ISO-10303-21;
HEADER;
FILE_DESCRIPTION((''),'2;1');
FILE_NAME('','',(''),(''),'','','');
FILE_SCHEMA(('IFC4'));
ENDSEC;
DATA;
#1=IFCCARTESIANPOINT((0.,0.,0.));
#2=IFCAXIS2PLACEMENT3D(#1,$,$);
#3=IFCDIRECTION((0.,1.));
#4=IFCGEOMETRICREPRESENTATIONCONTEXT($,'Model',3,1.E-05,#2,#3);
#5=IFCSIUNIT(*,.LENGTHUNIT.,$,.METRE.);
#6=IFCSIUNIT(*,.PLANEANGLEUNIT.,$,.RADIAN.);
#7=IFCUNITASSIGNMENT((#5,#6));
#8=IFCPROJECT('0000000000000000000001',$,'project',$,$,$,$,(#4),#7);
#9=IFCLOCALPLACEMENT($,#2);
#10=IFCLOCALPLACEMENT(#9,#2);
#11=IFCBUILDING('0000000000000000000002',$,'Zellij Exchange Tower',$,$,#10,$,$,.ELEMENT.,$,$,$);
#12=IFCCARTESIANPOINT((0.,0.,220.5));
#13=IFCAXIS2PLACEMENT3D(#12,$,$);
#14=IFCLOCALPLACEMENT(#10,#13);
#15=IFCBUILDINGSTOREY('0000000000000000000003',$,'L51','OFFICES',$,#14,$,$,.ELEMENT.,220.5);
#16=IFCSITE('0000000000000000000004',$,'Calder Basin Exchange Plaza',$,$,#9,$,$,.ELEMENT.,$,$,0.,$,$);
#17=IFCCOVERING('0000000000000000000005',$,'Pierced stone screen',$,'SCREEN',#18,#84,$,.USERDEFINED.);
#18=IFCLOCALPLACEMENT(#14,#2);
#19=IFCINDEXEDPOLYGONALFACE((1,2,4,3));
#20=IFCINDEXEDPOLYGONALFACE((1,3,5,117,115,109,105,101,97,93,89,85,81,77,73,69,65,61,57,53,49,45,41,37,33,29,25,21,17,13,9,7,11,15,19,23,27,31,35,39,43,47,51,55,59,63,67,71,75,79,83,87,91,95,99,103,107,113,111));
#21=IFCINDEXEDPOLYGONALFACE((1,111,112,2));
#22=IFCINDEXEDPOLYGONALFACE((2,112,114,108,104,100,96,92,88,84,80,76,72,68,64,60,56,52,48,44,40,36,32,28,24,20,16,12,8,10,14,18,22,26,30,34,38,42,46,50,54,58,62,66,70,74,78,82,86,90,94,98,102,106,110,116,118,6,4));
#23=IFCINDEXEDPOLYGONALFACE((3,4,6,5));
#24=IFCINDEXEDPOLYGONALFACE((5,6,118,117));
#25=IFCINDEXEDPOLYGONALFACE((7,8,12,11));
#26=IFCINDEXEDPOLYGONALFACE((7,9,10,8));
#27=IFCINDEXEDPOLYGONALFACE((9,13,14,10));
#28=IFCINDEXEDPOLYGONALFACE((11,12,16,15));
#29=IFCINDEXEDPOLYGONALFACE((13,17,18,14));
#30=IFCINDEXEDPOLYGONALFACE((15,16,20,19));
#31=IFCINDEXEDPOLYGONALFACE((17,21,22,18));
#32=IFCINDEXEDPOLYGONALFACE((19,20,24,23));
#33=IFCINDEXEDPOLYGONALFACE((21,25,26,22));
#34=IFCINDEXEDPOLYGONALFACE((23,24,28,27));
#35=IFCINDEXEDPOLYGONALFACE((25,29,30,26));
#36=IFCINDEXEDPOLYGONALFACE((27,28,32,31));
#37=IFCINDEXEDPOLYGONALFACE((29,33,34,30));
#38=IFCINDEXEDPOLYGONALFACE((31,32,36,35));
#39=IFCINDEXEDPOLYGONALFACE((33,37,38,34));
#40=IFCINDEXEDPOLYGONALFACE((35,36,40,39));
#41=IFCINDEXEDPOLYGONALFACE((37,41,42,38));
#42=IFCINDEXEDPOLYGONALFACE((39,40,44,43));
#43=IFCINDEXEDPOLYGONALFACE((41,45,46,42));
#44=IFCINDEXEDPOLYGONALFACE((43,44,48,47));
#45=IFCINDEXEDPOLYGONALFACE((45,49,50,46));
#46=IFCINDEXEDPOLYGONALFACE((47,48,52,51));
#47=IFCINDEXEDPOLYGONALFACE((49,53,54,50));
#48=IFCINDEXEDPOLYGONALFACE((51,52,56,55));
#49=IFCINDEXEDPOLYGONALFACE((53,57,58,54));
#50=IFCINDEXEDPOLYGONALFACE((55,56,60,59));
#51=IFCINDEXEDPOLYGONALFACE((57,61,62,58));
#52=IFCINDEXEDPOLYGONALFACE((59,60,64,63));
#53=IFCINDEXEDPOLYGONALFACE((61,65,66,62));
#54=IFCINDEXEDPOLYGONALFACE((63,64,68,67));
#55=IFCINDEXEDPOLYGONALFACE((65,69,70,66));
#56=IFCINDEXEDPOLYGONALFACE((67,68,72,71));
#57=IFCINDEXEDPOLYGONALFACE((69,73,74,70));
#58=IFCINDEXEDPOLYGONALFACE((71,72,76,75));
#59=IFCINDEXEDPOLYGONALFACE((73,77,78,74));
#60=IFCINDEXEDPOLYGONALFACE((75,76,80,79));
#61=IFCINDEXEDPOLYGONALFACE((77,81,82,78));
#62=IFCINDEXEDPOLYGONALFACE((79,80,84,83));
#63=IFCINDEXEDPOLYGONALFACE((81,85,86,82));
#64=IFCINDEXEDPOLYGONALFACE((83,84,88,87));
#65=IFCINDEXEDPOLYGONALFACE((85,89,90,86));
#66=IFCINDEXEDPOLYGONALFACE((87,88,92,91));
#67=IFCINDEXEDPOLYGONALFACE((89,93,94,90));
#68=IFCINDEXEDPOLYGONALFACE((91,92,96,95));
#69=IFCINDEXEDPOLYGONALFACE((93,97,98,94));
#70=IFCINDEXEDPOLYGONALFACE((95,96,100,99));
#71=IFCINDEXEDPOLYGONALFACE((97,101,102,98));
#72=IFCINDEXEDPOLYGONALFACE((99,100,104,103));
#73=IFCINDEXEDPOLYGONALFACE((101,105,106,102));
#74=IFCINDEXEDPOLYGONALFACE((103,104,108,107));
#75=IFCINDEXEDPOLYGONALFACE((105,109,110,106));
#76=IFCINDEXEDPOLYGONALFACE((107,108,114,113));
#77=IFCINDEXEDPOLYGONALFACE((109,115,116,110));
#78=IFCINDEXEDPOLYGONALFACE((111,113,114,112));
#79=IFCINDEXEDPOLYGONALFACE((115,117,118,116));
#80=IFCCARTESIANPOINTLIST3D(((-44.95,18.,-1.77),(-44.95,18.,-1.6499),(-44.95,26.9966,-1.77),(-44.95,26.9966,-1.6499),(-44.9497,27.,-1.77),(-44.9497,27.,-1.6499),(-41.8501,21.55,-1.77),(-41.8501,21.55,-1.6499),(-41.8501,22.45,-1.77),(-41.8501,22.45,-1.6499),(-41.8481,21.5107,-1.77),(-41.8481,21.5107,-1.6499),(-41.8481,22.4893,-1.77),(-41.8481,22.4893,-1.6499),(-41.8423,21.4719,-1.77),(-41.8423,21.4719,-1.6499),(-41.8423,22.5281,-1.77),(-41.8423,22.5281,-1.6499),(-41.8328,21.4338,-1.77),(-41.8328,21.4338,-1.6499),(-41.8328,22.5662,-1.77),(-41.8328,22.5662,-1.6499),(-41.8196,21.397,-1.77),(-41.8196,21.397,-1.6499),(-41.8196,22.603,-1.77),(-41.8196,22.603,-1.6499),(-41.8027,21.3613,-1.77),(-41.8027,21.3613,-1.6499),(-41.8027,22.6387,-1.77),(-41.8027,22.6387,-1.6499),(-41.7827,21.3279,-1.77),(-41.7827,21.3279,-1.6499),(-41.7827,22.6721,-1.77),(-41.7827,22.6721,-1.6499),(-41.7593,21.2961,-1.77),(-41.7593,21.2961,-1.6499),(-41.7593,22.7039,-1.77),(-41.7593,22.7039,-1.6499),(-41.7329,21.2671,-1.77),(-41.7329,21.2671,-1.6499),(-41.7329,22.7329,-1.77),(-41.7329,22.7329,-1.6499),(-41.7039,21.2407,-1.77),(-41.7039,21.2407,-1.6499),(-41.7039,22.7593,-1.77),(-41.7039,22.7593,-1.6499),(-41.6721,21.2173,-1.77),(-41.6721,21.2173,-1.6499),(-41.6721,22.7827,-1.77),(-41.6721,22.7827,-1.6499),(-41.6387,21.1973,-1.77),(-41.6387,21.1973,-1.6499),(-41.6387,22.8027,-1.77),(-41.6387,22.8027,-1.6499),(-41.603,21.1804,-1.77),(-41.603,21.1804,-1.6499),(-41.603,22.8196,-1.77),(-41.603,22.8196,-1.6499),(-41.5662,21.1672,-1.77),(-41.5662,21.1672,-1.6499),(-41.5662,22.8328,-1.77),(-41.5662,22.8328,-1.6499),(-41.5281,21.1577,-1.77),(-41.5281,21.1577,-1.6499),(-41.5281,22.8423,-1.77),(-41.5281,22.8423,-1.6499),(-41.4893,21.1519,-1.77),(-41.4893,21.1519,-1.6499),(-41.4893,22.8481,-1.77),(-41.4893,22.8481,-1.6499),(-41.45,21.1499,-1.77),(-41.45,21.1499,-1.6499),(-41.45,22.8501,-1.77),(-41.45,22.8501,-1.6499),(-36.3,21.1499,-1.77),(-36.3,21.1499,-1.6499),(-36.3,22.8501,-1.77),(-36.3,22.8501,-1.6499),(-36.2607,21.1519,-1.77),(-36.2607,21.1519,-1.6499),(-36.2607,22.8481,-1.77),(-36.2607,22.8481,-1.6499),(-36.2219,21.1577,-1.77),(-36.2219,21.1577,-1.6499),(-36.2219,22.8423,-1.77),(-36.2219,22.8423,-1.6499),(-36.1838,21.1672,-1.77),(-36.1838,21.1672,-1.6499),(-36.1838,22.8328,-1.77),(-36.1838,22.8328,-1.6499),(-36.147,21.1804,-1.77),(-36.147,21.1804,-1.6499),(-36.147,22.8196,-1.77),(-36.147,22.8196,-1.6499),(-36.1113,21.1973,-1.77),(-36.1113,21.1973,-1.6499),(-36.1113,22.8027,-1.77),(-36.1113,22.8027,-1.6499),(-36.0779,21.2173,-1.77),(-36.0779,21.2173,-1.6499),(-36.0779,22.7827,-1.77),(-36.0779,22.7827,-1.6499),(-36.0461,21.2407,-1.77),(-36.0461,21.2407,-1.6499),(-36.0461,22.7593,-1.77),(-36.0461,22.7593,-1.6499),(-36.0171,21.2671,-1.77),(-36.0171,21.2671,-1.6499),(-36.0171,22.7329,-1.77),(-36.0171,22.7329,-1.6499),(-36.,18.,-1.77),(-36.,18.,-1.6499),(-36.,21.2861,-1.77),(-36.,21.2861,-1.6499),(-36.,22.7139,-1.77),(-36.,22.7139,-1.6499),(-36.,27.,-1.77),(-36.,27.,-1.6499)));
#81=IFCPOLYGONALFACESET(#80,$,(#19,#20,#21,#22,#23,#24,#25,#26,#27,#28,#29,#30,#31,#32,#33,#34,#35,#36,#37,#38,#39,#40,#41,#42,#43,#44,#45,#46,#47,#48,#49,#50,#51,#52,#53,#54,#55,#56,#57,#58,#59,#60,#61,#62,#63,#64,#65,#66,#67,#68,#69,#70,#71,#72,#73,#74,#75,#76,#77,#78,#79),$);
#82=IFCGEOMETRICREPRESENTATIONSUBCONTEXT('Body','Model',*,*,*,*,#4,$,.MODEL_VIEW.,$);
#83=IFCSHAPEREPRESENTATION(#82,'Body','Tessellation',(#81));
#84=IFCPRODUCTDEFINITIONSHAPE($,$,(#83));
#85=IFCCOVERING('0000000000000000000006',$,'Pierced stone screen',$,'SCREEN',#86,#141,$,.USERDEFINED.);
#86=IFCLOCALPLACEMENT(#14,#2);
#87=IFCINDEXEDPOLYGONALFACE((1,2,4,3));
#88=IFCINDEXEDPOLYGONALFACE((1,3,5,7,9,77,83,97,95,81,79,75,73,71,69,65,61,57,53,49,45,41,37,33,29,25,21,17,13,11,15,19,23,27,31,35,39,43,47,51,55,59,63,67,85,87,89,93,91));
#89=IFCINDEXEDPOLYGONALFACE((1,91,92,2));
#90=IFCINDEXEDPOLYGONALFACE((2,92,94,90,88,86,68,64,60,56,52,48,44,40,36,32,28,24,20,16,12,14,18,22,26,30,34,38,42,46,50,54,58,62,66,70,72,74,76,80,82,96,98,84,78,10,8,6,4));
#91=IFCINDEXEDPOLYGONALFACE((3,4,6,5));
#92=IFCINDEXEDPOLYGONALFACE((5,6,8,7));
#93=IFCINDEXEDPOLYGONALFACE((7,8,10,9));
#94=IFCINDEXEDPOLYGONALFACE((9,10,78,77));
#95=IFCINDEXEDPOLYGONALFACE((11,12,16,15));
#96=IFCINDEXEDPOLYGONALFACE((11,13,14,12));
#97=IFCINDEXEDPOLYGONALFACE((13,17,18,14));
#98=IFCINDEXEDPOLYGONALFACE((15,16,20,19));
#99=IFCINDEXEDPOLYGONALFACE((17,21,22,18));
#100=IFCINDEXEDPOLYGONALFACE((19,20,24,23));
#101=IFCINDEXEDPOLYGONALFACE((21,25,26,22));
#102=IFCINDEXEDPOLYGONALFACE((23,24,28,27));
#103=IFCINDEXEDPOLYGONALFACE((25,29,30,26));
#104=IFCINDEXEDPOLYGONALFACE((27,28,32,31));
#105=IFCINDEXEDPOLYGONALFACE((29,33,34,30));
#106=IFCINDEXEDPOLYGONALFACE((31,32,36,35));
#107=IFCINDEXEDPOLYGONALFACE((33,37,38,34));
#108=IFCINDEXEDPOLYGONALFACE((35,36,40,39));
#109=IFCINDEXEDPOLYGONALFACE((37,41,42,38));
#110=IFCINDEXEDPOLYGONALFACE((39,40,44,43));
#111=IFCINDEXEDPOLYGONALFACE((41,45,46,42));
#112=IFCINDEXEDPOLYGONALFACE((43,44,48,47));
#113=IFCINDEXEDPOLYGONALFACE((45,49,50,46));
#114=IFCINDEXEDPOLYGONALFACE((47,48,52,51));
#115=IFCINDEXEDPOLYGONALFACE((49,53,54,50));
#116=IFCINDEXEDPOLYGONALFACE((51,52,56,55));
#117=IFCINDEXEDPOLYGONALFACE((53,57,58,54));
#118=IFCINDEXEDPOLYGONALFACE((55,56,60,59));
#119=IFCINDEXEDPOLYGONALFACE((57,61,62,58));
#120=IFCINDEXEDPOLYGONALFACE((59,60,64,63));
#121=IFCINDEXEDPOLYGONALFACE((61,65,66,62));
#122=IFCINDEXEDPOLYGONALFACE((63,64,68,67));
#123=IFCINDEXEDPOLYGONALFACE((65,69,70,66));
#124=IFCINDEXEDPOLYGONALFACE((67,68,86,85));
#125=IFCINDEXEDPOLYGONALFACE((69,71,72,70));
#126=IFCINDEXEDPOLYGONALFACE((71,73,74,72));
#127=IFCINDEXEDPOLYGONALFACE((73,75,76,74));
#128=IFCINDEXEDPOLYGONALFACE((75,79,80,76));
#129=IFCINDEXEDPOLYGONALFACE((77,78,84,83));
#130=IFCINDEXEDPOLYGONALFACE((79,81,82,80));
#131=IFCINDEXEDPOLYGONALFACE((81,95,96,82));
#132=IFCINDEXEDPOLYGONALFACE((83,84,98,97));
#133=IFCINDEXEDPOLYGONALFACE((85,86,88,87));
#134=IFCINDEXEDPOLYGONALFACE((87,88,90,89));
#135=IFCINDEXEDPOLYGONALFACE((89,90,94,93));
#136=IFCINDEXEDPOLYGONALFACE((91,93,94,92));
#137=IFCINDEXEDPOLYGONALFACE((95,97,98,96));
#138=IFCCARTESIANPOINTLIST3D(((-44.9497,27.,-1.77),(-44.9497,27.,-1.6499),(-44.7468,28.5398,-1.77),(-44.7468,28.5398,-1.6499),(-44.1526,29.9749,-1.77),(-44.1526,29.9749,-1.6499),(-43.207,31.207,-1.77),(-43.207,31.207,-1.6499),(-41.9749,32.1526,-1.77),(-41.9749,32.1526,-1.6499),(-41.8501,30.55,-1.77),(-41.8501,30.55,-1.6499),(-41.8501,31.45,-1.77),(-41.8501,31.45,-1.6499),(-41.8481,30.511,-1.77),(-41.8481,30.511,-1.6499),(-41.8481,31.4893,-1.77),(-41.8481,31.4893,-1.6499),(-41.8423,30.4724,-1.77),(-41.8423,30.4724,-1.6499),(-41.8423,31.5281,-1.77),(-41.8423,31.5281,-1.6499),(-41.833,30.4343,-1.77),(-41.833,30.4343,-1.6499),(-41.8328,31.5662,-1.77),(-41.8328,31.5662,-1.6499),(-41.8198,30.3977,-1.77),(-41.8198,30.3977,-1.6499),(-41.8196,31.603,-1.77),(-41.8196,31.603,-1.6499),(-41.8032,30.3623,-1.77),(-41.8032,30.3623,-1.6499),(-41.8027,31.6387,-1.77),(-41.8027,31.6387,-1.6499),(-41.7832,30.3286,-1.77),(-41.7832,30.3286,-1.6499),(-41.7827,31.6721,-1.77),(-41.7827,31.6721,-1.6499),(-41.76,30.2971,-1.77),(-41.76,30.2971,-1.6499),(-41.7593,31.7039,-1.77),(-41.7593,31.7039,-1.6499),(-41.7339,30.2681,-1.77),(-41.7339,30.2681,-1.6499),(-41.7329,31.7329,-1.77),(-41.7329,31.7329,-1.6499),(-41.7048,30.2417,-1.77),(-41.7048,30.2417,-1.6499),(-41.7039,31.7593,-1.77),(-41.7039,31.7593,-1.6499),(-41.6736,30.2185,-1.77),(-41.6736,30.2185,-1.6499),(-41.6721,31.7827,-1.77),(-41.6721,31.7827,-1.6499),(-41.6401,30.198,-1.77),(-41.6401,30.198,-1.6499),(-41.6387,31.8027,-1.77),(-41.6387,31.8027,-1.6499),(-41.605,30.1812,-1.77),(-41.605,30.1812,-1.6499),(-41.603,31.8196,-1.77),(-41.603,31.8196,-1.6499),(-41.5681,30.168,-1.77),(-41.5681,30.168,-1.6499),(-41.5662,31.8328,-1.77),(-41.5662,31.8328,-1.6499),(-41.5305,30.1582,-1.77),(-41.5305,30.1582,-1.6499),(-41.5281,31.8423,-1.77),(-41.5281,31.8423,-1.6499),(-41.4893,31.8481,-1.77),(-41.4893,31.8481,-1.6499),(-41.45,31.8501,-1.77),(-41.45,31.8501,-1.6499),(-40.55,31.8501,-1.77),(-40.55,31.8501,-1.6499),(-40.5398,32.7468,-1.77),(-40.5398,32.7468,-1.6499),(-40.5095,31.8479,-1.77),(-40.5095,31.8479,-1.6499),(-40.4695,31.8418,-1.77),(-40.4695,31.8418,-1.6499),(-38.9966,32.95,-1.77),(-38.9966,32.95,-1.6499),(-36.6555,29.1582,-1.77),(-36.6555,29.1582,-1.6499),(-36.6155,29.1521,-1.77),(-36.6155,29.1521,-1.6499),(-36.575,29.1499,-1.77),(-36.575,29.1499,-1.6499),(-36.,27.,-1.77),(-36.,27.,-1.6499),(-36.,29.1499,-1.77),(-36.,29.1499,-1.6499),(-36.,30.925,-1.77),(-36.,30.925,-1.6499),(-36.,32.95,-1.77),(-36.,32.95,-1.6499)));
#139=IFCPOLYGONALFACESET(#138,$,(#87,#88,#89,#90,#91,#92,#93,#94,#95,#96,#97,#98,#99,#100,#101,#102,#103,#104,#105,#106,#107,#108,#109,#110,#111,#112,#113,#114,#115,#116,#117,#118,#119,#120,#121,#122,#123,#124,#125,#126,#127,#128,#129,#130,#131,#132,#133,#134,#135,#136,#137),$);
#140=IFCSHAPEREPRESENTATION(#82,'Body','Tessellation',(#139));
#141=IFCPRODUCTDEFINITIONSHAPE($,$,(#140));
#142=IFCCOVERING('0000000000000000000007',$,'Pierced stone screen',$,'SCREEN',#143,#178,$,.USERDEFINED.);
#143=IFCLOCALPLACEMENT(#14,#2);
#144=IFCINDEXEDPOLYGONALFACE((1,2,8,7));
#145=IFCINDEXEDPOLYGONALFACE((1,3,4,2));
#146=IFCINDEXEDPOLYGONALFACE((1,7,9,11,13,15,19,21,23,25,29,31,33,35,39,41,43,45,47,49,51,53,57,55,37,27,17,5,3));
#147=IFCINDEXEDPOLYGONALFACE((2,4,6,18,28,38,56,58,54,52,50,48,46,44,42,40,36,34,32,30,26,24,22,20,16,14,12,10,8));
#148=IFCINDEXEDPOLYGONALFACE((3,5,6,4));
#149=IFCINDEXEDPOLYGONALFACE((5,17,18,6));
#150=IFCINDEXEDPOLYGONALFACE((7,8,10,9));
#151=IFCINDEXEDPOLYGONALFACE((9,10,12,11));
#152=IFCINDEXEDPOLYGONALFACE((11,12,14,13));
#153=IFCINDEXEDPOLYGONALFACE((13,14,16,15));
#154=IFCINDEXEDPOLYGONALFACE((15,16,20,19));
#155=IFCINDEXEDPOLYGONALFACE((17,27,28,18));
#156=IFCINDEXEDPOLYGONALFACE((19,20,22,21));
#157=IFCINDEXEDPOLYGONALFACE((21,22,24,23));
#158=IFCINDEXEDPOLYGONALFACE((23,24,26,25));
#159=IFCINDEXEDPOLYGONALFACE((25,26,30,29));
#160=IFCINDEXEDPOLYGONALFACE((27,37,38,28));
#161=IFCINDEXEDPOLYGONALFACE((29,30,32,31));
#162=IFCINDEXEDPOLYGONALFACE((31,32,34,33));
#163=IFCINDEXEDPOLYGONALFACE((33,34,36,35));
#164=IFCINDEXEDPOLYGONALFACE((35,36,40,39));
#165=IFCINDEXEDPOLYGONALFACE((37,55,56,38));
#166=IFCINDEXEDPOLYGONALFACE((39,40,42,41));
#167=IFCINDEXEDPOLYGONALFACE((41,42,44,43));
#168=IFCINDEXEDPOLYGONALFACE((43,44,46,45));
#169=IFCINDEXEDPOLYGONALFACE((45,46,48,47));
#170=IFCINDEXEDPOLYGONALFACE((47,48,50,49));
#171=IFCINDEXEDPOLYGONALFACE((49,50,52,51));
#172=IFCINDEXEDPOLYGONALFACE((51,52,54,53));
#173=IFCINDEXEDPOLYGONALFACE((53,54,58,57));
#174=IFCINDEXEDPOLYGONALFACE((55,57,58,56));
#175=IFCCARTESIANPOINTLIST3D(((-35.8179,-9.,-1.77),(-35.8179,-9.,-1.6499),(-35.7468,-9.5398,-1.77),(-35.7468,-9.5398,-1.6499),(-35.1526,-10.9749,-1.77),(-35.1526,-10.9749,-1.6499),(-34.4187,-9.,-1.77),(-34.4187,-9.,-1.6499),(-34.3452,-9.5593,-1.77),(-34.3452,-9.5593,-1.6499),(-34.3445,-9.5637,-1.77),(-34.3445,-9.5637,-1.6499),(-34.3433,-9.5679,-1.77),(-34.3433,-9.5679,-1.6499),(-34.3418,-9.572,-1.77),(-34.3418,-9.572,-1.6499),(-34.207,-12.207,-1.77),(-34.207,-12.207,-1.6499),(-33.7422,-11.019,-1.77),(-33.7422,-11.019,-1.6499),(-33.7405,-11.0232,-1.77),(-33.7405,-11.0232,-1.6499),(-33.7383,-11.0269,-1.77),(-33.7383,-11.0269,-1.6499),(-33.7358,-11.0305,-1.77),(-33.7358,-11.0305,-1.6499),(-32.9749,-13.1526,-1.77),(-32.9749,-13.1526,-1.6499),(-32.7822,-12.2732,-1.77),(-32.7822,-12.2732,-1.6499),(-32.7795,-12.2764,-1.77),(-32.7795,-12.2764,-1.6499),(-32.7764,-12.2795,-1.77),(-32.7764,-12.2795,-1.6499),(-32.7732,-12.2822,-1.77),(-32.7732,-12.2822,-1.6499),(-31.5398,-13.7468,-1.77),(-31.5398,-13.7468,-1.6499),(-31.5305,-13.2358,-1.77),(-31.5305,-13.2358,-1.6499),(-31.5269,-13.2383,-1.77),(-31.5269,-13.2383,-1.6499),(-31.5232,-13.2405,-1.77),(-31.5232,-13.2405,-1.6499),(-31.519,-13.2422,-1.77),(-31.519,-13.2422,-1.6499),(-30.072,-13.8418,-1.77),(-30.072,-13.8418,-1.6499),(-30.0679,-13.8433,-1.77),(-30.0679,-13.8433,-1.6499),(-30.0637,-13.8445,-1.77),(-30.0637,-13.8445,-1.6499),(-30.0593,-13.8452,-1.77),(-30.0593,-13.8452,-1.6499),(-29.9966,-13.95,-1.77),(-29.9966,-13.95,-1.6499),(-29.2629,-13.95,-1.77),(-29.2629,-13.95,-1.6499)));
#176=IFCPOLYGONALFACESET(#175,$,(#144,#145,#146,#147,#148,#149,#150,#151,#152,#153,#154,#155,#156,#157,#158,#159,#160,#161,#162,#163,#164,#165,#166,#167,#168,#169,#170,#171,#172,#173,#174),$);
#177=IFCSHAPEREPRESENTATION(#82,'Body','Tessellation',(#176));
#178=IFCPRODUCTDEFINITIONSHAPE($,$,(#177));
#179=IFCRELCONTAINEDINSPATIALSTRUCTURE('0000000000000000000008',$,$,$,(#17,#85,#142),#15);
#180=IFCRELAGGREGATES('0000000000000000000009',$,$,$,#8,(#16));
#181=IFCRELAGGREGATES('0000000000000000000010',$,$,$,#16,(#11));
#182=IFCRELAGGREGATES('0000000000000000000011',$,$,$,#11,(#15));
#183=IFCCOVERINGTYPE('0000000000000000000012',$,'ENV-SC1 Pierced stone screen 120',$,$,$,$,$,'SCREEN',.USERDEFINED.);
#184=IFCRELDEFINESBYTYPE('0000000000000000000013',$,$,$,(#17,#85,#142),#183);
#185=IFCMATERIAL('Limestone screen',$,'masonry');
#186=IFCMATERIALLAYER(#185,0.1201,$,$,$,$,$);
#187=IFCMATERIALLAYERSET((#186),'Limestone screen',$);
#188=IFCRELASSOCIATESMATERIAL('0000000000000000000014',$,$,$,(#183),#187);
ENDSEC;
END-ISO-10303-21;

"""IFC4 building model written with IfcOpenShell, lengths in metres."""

from ifc_helpers import new_model, si_unit, direction, frame, origin, place, context, subcontext, project, spatial, polyline, outline, extrude, material, layer, layer_set, type_object, element, save


model = new_model("IFC4")

# Units and contexts
model_context = context("Model", 3, precision=1e-05, world=origin(), true_north=direction((0.0, 1.0)))
body_context = subcontext(model_context, "Body", "Model", "MODEL_VIEW")
ifc_project = project(units=[si_unit("LENGTHUNIT", "METRE"), si_unit("PLANEANGLEUNIT", "RADIAN")], contexts=[model_context])

# Site, building, storey
site_placement = place(None, origin())
site = spatial("IfcSite", under=ifc_project, at=site_placement, Name="Calder Basin Exchange Plaza", CompositionType="ELEMENT", RefElevation=0.0)
building_placement = place(site_placement, origin())
building = spatial("IfcBuilding", under=site, at=building_placement, Name="Zellij Exchange Tower", CompositionType="ELEMENT")
storey_placement = place(building_placement, frame((0.0, 0.0, 220.5)))
storey = spatial("IfcBuildingStorey", under=building, at=storey_placement, Name="L51", Description="OFFICES", CompositionType="ELEMENT", Elevation=220.5)

# Coverings
ifc_material_1 = material(Name="Limestone screen", Category="masonry")
ifc_layer_1 = layer(ifc_material_1, 0.1201)
ifc_layer_set_1 = layer_set([ifc_layer_1], Name="Limestone screen")
covering_type_1 = type_object("IfcCoveringType", Name="ENV-SC1 Pierced stone screen 120", ElementType="SCREEN", PredefinedType="USERDEFINED", material=ifc_layer_set_1)
covering_1_placement = place(storey_placement, frame((0.0, 0.0, -1.77)))
element("IfcCovering", 1, at=covering_1_placement, inside=storey, type_object=covering_type_1, Name="Pierced stone screen", ObjectType="SCREEN", PredefinedType="USERDEFINED", context=body_context, shape_type="SweptSolid", body=[
    extrude(outline(polyline([(-44.95, 26.9966), (-44.9497, 27.0), (-36.0, 27.0), (-36.0, 22.7139), (-36.0171, 22.7329), (-36.0461, 22.7593), (-36.0779, 22.7827), (-36.1113, 22.8027), (-36.147, 22.8196), (-36.1838, 22.8328), (-36.2219, 22.8423), (-36.2607, 22.8481), (-36.3, 22.8501), (-41.45, 22.8501), (-41.4893, 22.8481), (-41.5281, 22.8423), (-41.5662, 22.8328), (-41.603, 22.8196), (-41.6387, 22.8027), (-41.6721, 22.7827), (-41.7039, 22.7593), (-41.7329, 22.7329), (-41.7593, 22.7039), (-41.7827, 22.6721), (-41.8027, 22.6387), (-41.8196, 22.603), (-41.8328, 22.5662), (-41.8423, 22.5281), (-41.8481, 22.4893), (-41.8501, 22.45), (-41.8501, 21.55), (-41.8481, 21.5107), (-41.8423, 21.4719), (-41.8328, 21.4338), (-41.8196, 21.397), (-41.8027, 21.3613), (-41.7827, 21.3279), (-41.7593, 21.2961), (-41.7329, 21.2671), (-41.7039, 21.2407), (-41.6721, 21.2173), (-41.6387, 21.1973), (-41.603, 21.1804), (-41.5662, 21.1672), (-41.5281, 21.1577), (-41.4893, 21.1519), (-41.45, 21.1499), (-36.3, 21.1499), (-36.2607, 21.1519), (-36.2219, 21.1577), (-36.1838, 21.1672), (-36.147, 21.1804), (-36.1113, 21.1973), (-36.0779, 21.2173), (-36.0461, 21.2407), (-36.0171, 21.2671), (-36.0, 21.2861), (-36.0, 18.0), (-44.95, 18.0), (-44.95, 26.9966)])), origin(), (0.0, 0.0, 1.0), 0.1201),
])
covering_2_placement = place(storey_placement, frame((0.0, 0.0, -1.77)))
element("IfcCovering", 2, at=covering_2_placement, inside=storey, type_object=covering_type_1, Name="Pierced stone screen", ObjectType="SCREEN", PredefinedType="USERDEFINED", context=body_context, shape_type="SweptSolid", body=[
    extrude(outline(polyline([(-44.7468, 28.5398), (-44.1526, 29.9749), (-43.207, 31.207), (-41.9749, 32.1526), (-40.5398, 32.7468), (-38.9966, 32.95), (-36.0, 32.95), (-36.0, 30.925), (-40.4695, 31.8418), (-40.5095, 31.8479), (-40.55, 31.8501), (-41.45, 31.8501), (-41.4893, 31.8481), (-41.5281, 31.8423), (-41.5662, 31.8328), (-41.603, 31.8196), (-41.6387, 31.8027), (-41.6721, 31.7827), (-41.7039, 31.7593), (-41.7329, 31.7329), (-41.7593, 31.7039), (-41.7827, 31.6721), (-41.8027, 31.6387), (-41.8196, 31.603), (-41.8328, 31.5662), (-41.8423, 31.5281), (-41.8481, 31.4893), (-41.8501, 31.45), (-41.8501, 30.55), (-41.8481, 30.511), (-41.8423, 30.4724), (-41.833, 30.4343), (-41.8198, 30.3977), (-41.8032, 30.3623), (-41.7832, 30.3286), (-41.76, 30.2971), (-41.7339, 30.2681), (-41.7048, 30.2417), (-41.6736, 30.2185), (-41.6401, 30.198), (-41.605, 30.1812), (-41.5681, 30.168), (-41.5305, 30.1582), (-36.6555, 29.1582), (-36.6155, 29.1521), (-36.575, 29.1499), (-36.0, 29.1499), (-36.0, 27.0), (-44.9497, 27.0), (-44.7468, 28.5398)])), origin(), (0.0, 0.0, 1.0), 0.1201),
])
covering_3_placement = place(storey_placement, frame((0.0, 0.0, -1.77)))
element("IfcCovering", 3, at=covering_3_placement, inside=storey, type_object=covering_type_1, Name="Pierced stone screen", ObjectType="SCREEN", PredefinedType="USERDEFINED", context=body_context, shape_type="SweptSolid", body=[
    extrude(outline(polyline([(-32.9749, -13.1526), (-34.207, -12.207), (-35.1526, -10.9749), (-35.7468, -9.5398), (-35.8179, -9.0), (-34.4187, -9.0), (-34.3452, -9.5593), (-34.3445, -9.5637), (-34.3433, -9.5679), (-34.3418, -9.572), (-33.7422, -11.019), (-33.7405, -11.0232), (-33.7383, -11.0269), (-33.7358, -11.0305), (-32.7822, -12.2732), (-32.7795, -12.2764), (-32.7764, -12.2795), (-32.7732, -12.2822), (-31.5305, -13.2358), (-31.5269, -13.2383), (-31.5232, -13.2405), (-31.519, -13.2422), (-30.072, -13.8418), (-30.0679, -13.8433), (-30.0637, -13.8445), (-30.0593, -13.8452), (-29.2629, -13.95), (-29.9966, -13.95), (-31.5398, -13.7468), (-32.9749, -13.1526)])), origin(), (0.0, 0.0, 1.0), 0.1201),
])

save(model, "model.ifc")
